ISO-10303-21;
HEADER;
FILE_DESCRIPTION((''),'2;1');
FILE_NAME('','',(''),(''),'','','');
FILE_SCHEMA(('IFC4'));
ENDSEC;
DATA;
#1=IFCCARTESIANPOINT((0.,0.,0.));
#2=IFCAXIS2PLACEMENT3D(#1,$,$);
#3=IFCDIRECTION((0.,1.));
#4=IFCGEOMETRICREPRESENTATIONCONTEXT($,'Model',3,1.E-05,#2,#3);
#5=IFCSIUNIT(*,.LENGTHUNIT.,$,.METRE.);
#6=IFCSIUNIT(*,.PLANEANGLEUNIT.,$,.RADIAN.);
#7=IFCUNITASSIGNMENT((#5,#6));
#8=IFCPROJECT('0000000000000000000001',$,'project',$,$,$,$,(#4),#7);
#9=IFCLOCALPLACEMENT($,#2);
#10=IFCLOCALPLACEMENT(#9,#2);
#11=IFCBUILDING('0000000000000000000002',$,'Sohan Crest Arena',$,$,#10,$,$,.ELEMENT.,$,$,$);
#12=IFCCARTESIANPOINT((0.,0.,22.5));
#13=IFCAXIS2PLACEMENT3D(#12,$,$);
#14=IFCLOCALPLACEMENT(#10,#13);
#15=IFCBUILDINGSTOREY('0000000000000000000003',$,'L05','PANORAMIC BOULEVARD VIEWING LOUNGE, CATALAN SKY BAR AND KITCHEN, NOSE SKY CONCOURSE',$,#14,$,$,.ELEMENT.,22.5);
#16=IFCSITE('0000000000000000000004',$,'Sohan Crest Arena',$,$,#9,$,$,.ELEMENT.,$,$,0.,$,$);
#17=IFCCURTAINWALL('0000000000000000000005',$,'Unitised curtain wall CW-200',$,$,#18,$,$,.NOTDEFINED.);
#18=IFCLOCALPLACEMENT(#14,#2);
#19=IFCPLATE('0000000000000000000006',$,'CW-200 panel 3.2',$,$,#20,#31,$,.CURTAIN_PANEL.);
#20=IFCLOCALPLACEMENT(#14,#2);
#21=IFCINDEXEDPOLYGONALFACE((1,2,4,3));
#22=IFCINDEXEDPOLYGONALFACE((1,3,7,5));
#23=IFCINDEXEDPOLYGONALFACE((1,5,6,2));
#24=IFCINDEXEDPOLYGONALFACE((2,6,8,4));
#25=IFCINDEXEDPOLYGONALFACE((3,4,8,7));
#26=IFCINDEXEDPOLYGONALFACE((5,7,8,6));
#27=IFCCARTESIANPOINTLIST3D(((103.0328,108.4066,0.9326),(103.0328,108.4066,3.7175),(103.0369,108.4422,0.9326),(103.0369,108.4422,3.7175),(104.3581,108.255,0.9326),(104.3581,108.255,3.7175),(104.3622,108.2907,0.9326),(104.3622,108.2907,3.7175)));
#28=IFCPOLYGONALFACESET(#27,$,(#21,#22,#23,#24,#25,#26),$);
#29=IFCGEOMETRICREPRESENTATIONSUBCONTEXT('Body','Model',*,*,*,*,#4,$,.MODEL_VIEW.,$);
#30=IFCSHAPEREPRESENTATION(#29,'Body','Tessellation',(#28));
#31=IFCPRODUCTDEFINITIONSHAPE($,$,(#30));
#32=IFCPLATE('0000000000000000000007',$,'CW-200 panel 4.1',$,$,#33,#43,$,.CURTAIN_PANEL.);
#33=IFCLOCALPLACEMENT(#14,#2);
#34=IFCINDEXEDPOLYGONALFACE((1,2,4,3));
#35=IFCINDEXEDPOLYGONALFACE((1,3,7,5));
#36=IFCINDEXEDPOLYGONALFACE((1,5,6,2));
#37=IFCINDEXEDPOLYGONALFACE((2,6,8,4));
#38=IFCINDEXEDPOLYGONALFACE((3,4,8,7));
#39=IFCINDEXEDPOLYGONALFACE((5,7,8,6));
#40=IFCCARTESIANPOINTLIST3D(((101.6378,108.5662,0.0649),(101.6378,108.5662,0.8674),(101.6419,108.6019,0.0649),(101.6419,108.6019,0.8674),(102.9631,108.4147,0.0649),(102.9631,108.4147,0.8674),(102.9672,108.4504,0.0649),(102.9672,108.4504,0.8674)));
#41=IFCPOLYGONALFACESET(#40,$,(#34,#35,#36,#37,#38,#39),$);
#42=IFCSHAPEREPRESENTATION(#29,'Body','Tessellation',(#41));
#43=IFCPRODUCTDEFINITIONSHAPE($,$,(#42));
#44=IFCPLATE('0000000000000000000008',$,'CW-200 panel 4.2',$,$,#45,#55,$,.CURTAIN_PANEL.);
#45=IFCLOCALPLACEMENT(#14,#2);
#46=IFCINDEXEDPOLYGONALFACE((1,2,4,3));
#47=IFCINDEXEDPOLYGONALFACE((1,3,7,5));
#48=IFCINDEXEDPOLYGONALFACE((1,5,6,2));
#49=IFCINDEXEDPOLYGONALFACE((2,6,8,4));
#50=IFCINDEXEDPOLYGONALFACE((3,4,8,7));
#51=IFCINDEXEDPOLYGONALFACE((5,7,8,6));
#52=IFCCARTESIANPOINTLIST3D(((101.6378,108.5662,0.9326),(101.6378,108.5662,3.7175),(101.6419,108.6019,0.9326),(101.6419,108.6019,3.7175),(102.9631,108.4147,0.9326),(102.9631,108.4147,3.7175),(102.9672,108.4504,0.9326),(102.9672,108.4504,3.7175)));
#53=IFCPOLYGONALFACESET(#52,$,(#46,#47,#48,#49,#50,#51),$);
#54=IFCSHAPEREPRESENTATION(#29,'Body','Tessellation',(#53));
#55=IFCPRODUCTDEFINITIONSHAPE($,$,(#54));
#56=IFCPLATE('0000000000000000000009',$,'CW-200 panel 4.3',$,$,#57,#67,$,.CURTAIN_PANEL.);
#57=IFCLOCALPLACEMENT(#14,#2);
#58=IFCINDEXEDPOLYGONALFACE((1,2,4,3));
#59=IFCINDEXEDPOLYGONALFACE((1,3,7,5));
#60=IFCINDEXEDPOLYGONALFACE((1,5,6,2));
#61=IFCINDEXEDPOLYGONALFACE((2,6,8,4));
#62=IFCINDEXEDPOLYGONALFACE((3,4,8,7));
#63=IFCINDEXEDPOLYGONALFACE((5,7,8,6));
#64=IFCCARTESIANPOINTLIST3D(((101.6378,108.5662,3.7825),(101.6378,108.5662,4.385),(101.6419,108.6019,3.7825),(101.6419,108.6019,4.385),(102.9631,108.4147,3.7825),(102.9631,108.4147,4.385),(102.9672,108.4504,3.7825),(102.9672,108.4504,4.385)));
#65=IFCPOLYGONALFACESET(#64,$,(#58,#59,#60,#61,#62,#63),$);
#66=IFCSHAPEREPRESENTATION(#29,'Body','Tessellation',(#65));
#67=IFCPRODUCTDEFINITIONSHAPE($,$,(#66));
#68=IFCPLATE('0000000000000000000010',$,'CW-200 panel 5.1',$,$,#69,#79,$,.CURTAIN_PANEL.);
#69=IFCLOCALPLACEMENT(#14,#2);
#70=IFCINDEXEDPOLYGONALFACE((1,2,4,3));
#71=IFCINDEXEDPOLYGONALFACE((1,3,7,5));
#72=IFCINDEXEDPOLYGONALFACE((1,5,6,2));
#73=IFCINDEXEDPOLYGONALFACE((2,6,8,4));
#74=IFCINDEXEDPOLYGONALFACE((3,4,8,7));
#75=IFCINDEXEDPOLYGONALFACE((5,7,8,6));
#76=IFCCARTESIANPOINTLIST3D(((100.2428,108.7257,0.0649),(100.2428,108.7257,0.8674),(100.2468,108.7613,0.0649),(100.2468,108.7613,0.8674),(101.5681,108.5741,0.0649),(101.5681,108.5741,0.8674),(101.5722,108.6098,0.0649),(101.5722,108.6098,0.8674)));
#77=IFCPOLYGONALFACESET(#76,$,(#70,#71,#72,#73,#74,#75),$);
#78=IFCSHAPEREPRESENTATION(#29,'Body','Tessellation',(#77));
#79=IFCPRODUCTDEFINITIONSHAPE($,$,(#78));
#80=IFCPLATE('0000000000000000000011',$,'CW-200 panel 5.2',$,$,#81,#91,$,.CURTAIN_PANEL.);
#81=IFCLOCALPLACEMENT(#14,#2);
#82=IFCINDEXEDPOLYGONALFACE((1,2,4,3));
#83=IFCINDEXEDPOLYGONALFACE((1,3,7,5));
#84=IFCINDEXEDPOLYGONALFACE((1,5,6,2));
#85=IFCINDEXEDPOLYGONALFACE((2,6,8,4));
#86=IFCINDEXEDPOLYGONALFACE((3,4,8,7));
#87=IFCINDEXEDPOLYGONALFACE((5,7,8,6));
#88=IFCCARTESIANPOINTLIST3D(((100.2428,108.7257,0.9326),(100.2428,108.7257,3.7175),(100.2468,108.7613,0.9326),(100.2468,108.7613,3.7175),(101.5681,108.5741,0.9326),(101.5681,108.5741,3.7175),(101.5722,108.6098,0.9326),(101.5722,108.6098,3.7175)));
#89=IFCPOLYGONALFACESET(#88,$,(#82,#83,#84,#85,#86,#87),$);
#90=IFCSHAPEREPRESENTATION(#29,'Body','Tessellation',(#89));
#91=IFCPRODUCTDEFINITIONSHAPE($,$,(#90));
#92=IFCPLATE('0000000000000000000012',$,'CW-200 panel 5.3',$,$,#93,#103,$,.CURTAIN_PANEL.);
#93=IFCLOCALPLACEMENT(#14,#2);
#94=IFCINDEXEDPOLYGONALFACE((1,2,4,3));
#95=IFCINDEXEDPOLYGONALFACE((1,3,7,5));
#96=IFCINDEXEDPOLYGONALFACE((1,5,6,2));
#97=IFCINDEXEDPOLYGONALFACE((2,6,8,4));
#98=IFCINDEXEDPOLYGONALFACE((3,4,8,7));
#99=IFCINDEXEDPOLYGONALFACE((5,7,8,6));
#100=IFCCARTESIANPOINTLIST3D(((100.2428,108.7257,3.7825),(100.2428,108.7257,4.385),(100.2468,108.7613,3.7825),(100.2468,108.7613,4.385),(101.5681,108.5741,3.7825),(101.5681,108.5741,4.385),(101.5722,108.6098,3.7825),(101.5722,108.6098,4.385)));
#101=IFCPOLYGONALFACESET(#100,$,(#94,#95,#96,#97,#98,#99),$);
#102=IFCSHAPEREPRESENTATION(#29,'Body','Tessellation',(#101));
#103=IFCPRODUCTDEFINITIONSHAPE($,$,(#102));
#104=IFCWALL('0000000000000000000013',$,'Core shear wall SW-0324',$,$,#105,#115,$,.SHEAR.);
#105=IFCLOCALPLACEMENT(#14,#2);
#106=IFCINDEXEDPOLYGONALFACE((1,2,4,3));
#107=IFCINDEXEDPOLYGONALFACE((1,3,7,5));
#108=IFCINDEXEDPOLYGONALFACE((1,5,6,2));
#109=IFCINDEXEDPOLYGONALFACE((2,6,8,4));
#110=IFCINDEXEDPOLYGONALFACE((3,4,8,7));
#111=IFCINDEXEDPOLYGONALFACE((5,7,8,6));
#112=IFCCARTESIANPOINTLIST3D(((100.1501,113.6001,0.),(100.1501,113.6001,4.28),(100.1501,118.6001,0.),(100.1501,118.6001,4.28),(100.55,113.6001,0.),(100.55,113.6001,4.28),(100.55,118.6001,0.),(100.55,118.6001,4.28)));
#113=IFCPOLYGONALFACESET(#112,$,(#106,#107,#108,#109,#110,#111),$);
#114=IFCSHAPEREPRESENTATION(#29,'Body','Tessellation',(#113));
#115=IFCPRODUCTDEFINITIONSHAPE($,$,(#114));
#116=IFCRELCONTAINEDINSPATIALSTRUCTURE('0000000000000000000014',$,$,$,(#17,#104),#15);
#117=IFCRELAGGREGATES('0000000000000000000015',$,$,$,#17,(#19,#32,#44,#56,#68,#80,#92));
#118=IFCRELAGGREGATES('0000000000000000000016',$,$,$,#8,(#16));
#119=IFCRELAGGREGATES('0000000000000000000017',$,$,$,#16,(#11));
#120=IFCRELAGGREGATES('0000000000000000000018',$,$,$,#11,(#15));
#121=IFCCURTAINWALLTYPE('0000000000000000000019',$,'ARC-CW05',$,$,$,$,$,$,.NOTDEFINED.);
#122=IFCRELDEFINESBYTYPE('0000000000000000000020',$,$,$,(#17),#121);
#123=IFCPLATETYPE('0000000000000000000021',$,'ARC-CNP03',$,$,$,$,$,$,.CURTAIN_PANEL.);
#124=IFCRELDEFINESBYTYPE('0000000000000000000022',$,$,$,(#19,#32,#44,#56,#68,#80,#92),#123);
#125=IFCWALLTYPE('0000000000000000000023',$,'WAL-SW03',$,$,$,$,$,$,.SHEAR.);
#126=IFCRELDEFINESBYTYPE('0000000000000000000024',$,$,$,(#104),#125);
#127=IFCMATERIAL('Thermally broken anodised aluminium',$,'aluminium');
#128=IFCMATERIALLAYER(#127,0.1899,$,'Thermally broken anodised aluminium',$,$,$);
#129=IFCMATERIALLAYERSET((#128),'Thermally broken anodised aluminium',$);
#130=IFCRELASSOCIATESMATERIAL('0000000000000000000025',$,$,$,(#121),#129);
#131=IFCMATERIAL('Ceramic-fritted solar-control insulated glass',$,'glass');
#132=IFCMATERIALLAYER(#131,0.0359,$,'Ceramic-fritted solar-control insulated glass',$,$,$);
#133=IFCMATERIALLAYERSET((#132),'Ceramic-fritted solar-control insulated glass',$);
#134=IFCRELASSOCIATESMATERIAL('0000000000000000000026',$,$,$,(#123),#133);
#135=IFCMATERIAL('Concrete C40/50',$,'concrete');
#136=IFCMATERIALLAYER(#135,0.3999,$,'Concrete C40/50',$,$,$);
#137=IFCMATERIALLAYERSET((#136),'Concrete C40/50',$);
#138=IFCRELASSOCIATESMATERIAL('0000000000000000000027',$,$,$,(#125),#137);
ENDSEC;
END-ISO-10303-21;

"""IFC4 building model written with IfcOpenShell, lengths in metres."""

from ifc_helpers import new_model, si_unit, direction, frame, frame_2d, origin, origin_2d, place, context, subcontext, project, spatial, rectangle, extrude, material, layer, layer_set, type_object, element, aggregate, save


model = new_model("IFC4")

# Units and contexts
model_context = context("Model", 3, precision=1e-05, world=origin(), true_north=direction((0.0, 1.0)))
body_context = subcontext(model_context, "Body", "Model", "MODEL_VIEW")
ifc_project = project(units=[si_unit("LENGTHUNIT", "METRE"), si_unit("PLANEANGLEUNIT", "RADIAN")], contexts=[model_context])

# Site, building, storey
site_placement = place(None, origin())
site = spatial("IfcSite", under=ifc_project, at=site_placement, Name="Sohan Crest Arena", CompositionType="ELEMENT", RefElevation=0.0)
building_placement = place(site_placement, origin())
building = spatial("IfcBuilding", under=site, at=building_placement, Name="Sohan Crest Arena", CompositionType="ELEMENT")
storey_placement = place(building_placement, frame((0.0, 0.0, 22.5)))
storey = spatial("IfcBuildingStorey", under=building, at=storey_placement, Name="L05", Description="PANORAMIC BOULEVARD VIEWING LOUNGE, CATALAN SKY BAR AND KITCHEN, NOSE SKY CONCOURSE", CompositionType="ELEMENT", Elevation=22.5)

# Curtain wall, plates
ifc_material_1 = material(Name="Thermally broken anodised aluminium", Category="aluminium")
ifc_layer_1 = layer(ifc_material_1, 0.1899, Name="Thermally broken anodised aluminium")
ifc_layer_set_1 = layer_set([ifc_layer_1], Name="Thermally broken anodised aluminium")
curtain_wall_type = type_object("IfcCurtainWallType", Name="ARC-CW05", PredefinedType="NOTDEFINED", material=ifc_layer_set_1)
curtain_wall_placement = place(storey_placement, origin())
curtain_wall = element("IfcCurtainWall", 1, at=curtain_wall_placement, inside=storey, type_object=curtain_wall_type, Name="Unitised curtain wall CW-200", PredefinedType="NOTDEFINED")
ifc_material_2 = material(Name="Ceramic-fritted solar-control insulated glass", Category="glass")
ifc_layer_2 = layer(ifc_material_2, 0.0359, Name="Ceramic-fritted solar-control insulated glass")
ifc_layer_set_2 = layer_set([ifc_layer_2], Name="Ceramic-fritted solar-control insulated glass")
plate_type = type_object("IfcPlateType", Name="ARC-CNP03", PredefinedType="CURTAIN_PANEL", material=ifc_layer_set_2)
plate_1_placement = place(storey_placement, frame((103.6975, 108.3486, 0.9326), z_axis=(0.0, 0.0, 1.0), x_axis=(-0.993527, 0.113597, 0.0)))
plate_1 = element("IfcPlate", 2, at=plate_1_placement, type_object=plate_type, Name="CW-200 panel 3.2", PredefinedType="CURTAIN_PANEL", context=body_context, shape_type="SweptSolid", body=[
    extrude(rectangle(XDim=1.334, YDim=0.0359, at=origin_2d()), origin(), (0.0, 0.0, 1.0), 2.7849),
])
plate_2_placement = place(storey_placement, frame((102.3025, 108.5083, 0.0649), z_axis=(0.0, 0.0, 1.0), x_axis=(-0.993527, 0.113597, 0.0)))
plate_2 = element("IfcPlate", 3, at=plate_2_placement, type_object=plate_type, Name="CW-200 panel 4.1", PredefinedType="CURTAIN_PANEL", context=body_context, shape_type="SweptSolid", body=[
    extrude(rectangle(XDim=1.334, YDim=0.0359, at=origin_2d()), origin(), (0.0, 0.0, 1.0), 0.8025),
])
plate_3_placement = place(storey_placement, frame((102.3025, 108.5083, 0.9326), z_axis=(0.0, 0.0, 1.0), x_axis=(-0.993527, 0.113597, 0.0)))
plate_3 = element("IfcPlate", 4, at=plate_3_placement, type_object=plate_type, Name="CW-200 panel 4.2", PredefinedType="CURTAIN_PANEL", context=body_context, shape_type="SweptSolid", body=[
    extrude(rectangle(XDim=1.334, YDim=0.0359, at=origin_2d()), origin(), (0.0, 0.0, 1.0), 2.7849),
])
plate_4_placement = place(storey_placement, frame((102.3025, 108.5083, 3.7825), z_axis=(0.0, 0.0, 1.0), x_axis=(-0.993527, 0.113597, 0.0)))
plate_4 = element("IfcPlate", 5, at=plate_4_placement, type_object=plate_type, Name="CW-200 panel 4.3", PredefinedType="CURTAIN_PANEL", context=body_context, shape_type="SweptSolid", body=[
    extrude(rectangle(XDim=1.334, YDim=0.0359, at=origin_2d()), origin(), (0.0, 0.0, 1.0), 0.6025),
])
plate_5_placement = place(storey_placement, frame((100.9075, 108.6677, 0.0649), z_axis=(0.0, 0.0, 1.0), x_axis=(-0.993527, 0.113597, 0.0)))
plate_5 = element("IfcPlate", 6, at=plate_5_placement, type_object=plate_type, Name="CW-200 panel 5.1", PredefinedType="CURTAIN_PANEL", context=body_context, shape_type="SweptSolid", body=[
    extrude(rectangle(XDim=1.334, YDim=0.0359, at=origin_2d()), origin(), (0.0, 0.0, 1.0), 0.8025),
])
plate_6_placement = place(storey_placement, frame((100.9075, 108.6677, 0.9326), z_axis=(0.0, 0.0, 1.0), x_axis=(-0.993527, 0.113597, 0.0)))
plate_6 = element("IfcPlate", 7, at=plate_6_placement, type_object=plate_type, Name="CW-200 panel 5.2", PredefinedType="CURTAIN_PANEL", context=body_context, shape_type="SweptSolid", body=[
    extrude(rectangle(XDim=1.334, YDim=0.0359, at=origin_2d()), origin(), (0.0, 0.0, 1.0), 2.7849),
])
plate_7_placement = place(storey_placement, frame((100.9075, 108.6677, 3.7825), z_axis=(0.0, 0.0, 1.0), x_axis=(-0.993527, 0.113597, 0.0)))
plate_7 = element("IfcPlate", 8, at=plate_7_placement, type_object=plate_type, Name="CW-200 panel 5.3", PredefinedType="CURTAIN_PANEL", context=body_context, shape_type="SweptSolid", body=[
    extrude(rectangle(XDim=1.334, YDim=0.0359, at=origin_2d()), origin(), (0.0, 0.0, 1.0), 0.6025),
])
aggregate(curtain_wall, [plate_1, plate_2, plate_3, plate_4, plate_5, plate_6, plate_7])

# Wall
ifc_material_3 = material(Name="Concrete C40/50", Category="concrete")
ifc_layer_3 = layer(ifc_material_3, 0.3999, Name="Concrete C40/50")
ifc_layer_set_3 = layer_set([ifc_layer_3], Name="Concrete C40/50")
wall_type = type_object("IfcWallType", Name="WAL-SW03", PredefinedType="SHEAR", material=ifc_layer_set_3)
wall_placement = place(storey_placement, frame((100.3501, 113.6001, 0.0), z_axis=(0.0, 0.0, 1.0), x_axis=(0.0, 1.0, 0.0)))
element("IfcWall", 9, at=wall_placement, inside=storey, type_object=wall_type, Name="Core shear wall SW-0324", PredefinedType="SHEAR", context=body_context, shape_type="SweptSolid", body=[
    extrude(rectangle(XDim=5.0, YDim=0.3999, at=frame_2d((2.5, 0.0))), origin(), (0.0, 0.0, 1.0), 4.28),
])

save(model, "model.ifc")
